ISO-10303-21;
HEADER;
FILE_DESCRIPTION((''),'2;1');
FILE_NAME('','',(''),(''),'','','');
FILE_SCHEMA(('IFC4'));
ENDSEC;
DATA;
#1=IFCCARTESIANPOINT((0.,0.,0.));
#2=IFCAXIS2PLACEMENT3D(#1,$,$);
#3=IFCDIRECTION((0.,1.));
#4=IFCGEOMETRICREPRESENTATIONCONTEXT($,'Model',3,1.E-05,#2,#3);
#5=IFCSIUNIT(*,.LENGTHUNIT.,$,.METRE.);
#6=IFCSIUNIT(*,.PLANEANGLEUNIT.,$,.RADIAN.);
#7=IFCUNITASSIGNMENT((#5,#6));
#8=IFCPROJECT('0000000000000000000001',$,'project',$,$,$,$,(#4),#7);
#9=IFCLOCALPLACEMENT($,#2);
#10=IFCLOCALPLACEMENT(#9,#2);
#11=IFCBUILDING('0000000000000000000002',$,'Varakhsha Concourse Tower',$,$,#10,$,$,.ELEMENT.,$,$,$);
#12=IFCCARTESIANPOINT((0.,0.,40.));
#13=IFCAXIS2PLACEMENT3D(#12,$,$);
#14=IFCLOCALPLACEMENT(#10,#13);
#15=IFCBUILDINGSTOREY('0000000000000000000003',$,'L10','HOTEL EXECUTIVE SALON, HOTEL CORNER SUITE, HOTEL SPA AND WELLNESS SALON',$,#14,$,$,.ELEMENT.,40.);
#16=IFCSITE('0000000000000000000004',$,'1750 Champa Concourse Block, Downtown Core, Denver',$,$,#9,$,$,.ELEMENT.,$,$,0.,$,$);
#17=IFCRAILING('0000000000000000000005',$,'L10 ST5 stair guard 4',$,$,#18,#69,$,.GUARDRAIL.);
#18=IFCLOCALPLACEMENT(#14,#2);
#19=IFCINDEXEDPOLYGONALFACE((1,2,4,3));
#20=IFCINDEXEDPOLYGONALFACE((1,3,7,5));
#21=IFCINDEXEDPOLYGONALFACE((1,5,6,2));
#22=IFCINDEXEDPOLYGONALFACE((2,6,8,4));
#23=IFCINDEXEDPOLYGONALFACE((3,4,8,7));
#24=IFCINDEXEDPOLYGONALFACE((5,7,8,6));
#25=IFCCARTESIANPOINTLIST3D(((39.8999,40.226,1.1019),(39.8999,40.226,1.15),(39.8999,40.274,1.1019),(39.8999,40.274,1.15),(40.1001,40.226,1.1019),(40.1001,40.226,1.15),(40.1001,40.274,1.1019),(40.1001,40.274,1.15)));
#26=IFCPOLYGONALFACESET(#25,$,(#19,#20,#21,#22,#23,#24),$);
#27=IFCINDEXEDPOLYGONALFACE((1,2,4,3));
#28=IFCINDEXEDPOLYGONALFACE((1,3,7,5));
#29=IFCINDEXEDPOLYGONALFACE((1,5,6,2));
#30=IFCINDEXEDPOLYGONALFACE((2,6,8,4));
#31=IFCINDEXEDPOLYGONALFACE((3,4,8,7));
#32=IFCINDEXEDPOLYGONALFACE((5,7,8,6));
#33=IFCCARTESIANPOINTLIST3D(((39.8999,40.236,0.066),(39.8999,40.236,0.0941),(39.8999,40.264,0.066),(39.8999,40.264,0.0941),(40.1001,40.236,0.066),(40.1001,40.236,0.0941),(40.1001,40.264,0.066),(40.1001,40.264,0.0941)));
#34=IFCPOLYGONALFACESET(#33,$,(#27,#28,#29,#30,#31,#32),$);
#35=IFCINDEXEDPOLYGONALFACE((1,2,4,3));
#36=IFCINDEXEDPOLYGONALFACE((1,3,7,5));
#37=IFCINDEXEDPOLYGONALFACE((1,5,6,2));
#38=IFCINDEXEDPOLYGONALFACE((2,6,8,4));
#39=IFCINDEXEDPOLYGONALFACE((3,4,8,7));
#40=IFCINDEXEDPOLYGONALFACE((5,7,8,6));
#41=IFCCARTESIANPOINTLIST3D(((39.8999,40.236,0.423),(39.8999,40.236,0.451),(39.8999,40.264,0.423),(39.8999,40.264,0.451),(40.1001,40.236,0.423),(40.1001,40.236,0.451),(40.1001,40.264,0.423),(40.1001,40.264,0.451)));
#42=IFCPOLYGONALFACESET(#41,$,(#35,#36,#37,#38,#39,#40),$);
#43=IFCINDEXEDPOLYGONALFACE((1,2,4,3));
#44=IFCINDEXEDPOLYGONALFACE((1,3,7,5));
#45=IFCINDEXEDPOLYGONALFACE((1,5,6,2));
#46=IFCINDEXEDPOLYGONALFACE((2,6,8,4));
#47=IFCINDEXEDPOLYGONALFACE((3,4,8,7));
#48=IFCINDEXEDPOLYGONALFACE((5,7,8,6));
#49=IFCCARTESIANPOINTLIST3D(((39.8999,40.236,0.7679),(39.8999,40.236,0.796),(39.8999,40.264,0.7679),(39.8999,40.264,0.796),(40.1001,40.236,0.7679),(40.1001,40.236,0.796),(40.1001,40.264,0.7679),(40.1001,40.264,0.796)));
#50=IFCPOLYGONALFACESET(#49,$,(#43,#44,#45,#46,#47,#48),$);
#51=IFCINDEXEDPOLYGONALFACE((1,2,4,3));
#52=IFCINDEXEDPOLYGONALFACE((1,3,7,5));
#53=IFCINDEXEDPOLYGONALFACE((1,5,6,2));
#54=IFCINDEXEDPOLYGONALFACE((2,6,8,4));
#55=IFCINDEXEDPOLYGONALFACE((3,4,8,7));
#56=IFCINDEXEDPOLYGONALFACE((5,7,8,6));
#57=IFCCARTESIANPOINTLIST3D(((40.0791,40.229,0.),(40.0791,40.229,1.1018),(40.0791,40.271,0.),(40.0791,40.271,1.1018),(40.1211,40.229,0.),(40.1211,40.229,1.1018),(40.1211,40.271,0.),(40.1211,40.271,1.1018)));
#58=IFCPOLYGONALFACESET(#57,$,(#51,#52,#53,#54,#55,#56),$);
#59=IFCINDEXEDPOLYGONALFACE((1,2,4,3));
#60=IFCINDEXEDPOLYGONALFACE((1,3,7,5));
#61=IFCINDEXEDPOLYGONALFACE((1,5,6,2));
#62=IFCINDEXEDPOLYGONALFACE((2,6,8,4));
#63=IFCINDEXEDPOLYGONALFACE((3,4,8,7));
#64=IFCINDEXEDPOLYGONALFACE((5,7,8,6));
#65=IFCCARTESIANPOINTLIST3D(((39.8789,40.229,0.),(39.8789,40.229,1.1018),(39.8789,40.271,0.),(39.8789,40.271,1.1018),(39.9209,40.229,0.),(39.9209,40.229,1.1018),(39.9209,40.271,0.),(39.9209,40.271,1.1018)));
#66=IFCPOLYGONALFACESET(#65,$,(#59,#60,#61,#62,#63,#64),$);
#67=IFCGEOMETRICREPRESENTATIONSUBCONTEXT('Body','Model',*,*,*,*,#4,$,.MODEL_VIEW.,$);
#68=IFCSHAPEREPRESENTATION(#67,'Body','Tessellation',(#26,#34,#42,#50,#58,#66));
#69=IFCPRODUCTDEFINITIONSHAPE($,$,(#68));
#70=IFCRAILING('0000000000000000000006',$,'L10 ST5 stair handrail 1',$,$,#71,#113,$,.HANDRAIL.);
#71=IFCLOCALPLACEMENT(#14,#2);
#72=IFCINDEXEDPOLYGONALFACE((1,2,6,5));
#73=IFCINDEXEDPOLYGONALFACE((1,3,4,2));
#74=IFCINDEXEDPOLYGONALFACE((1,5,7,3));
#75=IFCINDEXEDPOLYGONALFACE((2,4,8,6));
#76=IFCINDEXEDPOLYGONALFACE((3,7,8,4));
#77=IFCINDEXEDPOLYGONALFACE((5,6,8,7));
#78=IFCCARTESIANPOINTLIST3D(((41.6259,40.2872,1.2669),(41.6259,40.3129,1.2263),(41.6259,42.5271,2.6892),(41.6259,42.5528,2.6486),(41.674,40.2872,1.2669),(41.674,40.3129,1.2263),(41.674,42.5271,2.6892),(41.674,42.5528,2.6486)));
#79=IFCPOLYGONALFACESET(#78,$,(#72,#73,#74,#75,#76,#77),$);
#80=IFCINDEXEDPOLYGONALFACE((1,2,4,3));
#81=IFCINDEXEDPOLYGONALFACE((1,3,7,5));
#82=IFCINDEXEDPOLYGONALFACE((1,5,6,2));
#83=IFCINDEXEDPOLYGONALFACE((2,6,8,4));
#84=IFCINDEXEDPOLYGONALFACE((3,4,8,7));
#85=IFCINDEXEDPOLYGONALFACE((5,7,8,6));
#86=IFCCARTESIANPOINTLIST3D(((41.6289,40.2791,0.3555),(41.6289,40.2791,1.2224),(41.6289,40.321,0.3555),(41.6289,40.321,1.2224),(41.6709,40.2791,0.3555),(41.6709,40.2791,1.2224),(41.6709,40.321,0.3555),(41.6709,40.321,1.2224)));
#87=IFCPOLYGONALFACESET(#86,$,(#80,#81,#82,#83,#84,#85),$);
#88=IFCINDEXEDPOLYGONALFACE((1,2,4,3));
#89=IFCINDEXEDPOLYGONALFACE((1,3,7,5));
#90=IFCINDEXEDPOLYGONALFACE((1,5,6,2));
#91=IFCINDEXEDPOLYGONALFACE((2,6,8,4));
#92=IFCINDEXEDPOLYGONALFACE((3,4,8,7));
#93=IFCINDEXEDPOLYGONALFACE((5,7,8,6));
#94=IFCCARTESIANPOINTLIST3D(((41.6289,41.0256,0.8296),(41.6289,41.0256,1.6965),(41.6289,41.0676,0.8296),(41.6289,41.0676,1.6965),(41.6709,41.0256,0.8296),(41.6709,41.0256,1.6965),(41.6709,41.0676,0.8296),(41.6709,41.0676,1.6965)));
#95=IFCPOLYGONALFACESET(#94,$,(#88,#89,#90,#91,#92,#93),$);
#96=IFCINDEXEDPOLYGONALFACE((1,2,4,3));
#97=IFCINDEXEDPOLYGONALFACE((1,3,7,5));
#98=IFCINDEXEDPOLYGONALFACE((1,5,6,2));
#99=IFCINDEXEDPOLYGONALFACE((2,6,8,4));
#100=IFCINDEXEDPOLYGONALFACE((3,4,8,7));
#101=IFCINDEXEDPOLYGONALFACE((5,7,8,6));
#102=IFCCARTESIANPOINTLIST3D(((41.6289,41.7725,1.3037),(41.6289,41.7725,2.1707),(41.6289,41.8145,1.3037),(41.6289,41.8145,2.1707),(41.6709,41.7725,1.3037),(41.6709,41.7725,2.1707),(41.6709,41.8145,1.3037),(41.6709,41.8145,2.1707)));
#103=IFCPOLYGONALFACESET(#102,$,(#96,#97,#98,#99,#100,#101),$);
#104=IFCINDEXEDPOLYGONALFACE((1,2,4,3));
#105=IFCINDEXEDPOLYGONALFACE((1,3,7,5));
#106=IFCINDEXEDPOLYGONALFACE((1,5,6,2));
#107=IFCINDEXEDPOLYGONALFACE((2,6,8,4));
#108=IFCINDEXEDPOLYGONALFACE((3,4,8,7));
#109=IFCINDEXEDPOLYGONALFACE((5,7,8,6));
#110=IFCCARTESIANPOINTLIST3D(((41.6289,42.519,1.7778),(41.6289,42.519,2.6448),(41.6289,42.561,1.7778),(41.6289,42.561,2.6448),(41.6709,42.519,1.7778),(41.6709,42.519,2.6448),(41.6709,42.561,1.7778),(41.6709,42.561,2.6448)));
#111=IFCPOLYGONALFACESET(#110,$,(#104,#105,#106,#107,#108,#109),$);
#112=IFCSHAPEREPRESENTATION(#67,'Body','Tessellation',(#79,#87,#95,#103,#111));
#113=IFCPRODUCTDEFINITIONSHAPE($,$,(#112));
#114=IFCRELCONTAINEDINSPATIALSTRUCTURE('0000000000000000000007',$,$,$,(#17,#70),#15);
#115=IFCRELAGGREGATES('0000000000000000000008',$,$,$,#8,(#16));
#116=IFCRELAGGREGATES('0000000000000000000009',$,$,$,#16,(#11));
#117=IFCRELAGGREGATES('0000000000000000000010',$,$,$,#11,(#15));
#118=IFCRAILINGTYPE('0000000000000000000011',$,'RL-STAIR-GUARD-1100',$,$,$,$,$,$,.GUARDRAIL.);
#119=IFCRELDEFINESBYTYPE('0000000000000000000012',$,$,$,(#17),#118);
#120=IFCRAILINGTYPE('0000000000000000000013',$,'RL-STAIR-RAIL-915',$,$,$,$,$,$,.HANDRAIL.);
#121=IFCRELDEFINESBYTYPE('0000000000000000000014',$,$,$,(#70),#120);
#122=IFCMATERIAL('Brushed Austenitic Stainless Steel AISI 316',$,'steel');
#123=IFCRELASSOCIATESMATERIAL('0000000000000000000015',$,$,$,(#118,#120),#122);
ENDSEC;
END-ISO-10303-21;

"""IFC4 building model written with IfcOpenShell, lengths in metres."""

from ifc_helpers import new_model, si_unit, direction, frame, origin, origin_2d, place, context, subcontext, project, spatial, rectangle, extrude, material, type_object, element, save


model = new_model("IFC4")

# Units and contexts
model_context = context("Model", 3, precision=1e-05, world=origin(), true_north=direction((0.0, 1.0)))
body_context = subcontext(model_context, "Body", "Model", "MODEL_VIEW")
ifc_project = project(units=[si_unit("LENGTHUNIT", "METRE"), si_unit("PLANEANGLEUNIT", "RADIAN")], contexts=[model_context])

# Site, building, storey
site_placement = place(None, origin())
site = spatial("IfcSite", under=ifc_project, at=site_placement, Name="1750 Champa Concourse Block, Downtown Core, Denver", CompositionType="ELEMENT", RefElevation=0.0)
building_placement = place(site_placement, origin())
building = spatial("IfcBuilding", under=site, at=building_placement, Name="Varakhsha Concourse Tower", CompositionType="ELEMENT")
storey_placement = place(building_placement, frame((0.0, 0.0, 40.0)))
storey = spatial("IfcBuildingStorey", under=building, at=storey_placement, Name="L10", Description="HOTEL EXECUTIVE SALON, HOTEL CORNER SUITE, HOTEL SPA AND WELLNESS SALON", CompositionType="ELEMENT", Elevation=40.0)

# Railings
ifc_material_1 = material(Name="Brushed Austenitic Stainless Steel AISI 316", Category="steel")
railing_type_1 = type_object("IfcRailingType", Name="RL-STAIR-GUARD-1100", PredefinedType="GUARDRAIL", material=ifc_material_1)
railing_1_placement = place(storey_placement, frame((40.1001, 40.25, 0.0)))
element("IfcRailing", 1, at=railing_1_placement, inside=storey, type_object=railing_type_1, Name="L10 ST5 stair guard 4", PredefinedType="GUARDRAIL", context=body_context, shape_type="SweptSolid", body=[
    extrude(rectangle(XDim=0.0481, YDim=0.0481, at=origin_2d()), frame((0.0, 0.0, 1.126), z_axis=(-1.0, 0.0, 0.0), x_axis=(0.0, -1.0, 0.0)), (0.0, 0.0, 1.0), 0.2002),
    extrude(rectangle(XDim=0.0281, YDim=0.0281, at=origin_2d()), frame((0.0, 0.0, 0.0801), z_axis=(-1.0, 0.0, 0.0), x_axis=(0.0, -1.0, 0.0)), (0.0, 0.0, 1.0), 0.2002),
    extrude(rectangle(XDim=0.0281, YDim=0.0281, at=origin_2d()), frame((0.0, 0.0, 0.437), z_axis=(-1.0, 0.0, 0.0), x_axis=(0.0, -1.0, 0.0)), (0.0, 0.0, 1.0), 0.2002),
    extrude(rectangle(XDim=0.0281, YDim=0.0281, at=origin_2d()), frame((0.0, 0.0, 0.782), z_axis=(-1.0, 0.0, 0.0), x_axis=(0.0, -1.0, 0.0)), (0.0, 0.0, 1.0), 0.2002),
    extrude(rectangle(XDim=0.042, YDim=0.042, at=origin_2d()), origin(), (0.0, 0.0, 1.0), 1.1018),
    extrude(rectangle(XDim=0.042, YDim=0.042, at=origin_2d()), frame((-0.2002, 0.0, 0.0)), (0.0, 0.0, 1.0), 1.1018),
])
railing_type_2 = type_object("IfcRailingType", Name="RL-STAIR-RAIL-915", PredefinedType="HANDRAIL", material=ifc_material_1)
railing_2_placement = place(storey_placement, frame((41.6499, 40.3, 0.3555)))
element("IfcRailing", 2, at=railing_2_placement, inside=storey, type_object=railing_type_2, Name="L10 ST5 stair handrail 1", PredefinedType="HANDRAIL", context=body_context, shape_type="SweptSolid", body=[
    extrude(rectangle(XDim=0.0481, YDim=0.0481, at=origin_2d()), frame((0.0, 0.0, 0.8911), z_axis=(0.0, 0.844188, 0.536048), x_axis=(-1.0, 0.0, 0.0)), (0.0, 0.0, 1.0), 2.6533),
    extrude(rectangle(XDim=0.042, YDim=0.042, at=origin_2d()), origin(), (0.0, 0.0, 1.0), 0.8669),
    extrude(rectangle(XDim=0.042, YDim=0.042, at=origin_2d()), frame((0.0, 0.7466, 0.4741)), (0.0, 0.0, 1.0), 0.8669),
    extrude(rectangle(XDim=0.042, YDim=0.042, at=origin_2d()), frame((0.0, 1.4934, 0.9482)), (0.0, 0.0, 1.0), 0.8669),
    extrude(rectangle(XDim=0.042, YDim=0.042, at=origin_2d()), frame((0.0, 2.24, 1.4224)), (0.0, 0.0, 1.0), 0.8669),
])

save(model, "model.ifc")
